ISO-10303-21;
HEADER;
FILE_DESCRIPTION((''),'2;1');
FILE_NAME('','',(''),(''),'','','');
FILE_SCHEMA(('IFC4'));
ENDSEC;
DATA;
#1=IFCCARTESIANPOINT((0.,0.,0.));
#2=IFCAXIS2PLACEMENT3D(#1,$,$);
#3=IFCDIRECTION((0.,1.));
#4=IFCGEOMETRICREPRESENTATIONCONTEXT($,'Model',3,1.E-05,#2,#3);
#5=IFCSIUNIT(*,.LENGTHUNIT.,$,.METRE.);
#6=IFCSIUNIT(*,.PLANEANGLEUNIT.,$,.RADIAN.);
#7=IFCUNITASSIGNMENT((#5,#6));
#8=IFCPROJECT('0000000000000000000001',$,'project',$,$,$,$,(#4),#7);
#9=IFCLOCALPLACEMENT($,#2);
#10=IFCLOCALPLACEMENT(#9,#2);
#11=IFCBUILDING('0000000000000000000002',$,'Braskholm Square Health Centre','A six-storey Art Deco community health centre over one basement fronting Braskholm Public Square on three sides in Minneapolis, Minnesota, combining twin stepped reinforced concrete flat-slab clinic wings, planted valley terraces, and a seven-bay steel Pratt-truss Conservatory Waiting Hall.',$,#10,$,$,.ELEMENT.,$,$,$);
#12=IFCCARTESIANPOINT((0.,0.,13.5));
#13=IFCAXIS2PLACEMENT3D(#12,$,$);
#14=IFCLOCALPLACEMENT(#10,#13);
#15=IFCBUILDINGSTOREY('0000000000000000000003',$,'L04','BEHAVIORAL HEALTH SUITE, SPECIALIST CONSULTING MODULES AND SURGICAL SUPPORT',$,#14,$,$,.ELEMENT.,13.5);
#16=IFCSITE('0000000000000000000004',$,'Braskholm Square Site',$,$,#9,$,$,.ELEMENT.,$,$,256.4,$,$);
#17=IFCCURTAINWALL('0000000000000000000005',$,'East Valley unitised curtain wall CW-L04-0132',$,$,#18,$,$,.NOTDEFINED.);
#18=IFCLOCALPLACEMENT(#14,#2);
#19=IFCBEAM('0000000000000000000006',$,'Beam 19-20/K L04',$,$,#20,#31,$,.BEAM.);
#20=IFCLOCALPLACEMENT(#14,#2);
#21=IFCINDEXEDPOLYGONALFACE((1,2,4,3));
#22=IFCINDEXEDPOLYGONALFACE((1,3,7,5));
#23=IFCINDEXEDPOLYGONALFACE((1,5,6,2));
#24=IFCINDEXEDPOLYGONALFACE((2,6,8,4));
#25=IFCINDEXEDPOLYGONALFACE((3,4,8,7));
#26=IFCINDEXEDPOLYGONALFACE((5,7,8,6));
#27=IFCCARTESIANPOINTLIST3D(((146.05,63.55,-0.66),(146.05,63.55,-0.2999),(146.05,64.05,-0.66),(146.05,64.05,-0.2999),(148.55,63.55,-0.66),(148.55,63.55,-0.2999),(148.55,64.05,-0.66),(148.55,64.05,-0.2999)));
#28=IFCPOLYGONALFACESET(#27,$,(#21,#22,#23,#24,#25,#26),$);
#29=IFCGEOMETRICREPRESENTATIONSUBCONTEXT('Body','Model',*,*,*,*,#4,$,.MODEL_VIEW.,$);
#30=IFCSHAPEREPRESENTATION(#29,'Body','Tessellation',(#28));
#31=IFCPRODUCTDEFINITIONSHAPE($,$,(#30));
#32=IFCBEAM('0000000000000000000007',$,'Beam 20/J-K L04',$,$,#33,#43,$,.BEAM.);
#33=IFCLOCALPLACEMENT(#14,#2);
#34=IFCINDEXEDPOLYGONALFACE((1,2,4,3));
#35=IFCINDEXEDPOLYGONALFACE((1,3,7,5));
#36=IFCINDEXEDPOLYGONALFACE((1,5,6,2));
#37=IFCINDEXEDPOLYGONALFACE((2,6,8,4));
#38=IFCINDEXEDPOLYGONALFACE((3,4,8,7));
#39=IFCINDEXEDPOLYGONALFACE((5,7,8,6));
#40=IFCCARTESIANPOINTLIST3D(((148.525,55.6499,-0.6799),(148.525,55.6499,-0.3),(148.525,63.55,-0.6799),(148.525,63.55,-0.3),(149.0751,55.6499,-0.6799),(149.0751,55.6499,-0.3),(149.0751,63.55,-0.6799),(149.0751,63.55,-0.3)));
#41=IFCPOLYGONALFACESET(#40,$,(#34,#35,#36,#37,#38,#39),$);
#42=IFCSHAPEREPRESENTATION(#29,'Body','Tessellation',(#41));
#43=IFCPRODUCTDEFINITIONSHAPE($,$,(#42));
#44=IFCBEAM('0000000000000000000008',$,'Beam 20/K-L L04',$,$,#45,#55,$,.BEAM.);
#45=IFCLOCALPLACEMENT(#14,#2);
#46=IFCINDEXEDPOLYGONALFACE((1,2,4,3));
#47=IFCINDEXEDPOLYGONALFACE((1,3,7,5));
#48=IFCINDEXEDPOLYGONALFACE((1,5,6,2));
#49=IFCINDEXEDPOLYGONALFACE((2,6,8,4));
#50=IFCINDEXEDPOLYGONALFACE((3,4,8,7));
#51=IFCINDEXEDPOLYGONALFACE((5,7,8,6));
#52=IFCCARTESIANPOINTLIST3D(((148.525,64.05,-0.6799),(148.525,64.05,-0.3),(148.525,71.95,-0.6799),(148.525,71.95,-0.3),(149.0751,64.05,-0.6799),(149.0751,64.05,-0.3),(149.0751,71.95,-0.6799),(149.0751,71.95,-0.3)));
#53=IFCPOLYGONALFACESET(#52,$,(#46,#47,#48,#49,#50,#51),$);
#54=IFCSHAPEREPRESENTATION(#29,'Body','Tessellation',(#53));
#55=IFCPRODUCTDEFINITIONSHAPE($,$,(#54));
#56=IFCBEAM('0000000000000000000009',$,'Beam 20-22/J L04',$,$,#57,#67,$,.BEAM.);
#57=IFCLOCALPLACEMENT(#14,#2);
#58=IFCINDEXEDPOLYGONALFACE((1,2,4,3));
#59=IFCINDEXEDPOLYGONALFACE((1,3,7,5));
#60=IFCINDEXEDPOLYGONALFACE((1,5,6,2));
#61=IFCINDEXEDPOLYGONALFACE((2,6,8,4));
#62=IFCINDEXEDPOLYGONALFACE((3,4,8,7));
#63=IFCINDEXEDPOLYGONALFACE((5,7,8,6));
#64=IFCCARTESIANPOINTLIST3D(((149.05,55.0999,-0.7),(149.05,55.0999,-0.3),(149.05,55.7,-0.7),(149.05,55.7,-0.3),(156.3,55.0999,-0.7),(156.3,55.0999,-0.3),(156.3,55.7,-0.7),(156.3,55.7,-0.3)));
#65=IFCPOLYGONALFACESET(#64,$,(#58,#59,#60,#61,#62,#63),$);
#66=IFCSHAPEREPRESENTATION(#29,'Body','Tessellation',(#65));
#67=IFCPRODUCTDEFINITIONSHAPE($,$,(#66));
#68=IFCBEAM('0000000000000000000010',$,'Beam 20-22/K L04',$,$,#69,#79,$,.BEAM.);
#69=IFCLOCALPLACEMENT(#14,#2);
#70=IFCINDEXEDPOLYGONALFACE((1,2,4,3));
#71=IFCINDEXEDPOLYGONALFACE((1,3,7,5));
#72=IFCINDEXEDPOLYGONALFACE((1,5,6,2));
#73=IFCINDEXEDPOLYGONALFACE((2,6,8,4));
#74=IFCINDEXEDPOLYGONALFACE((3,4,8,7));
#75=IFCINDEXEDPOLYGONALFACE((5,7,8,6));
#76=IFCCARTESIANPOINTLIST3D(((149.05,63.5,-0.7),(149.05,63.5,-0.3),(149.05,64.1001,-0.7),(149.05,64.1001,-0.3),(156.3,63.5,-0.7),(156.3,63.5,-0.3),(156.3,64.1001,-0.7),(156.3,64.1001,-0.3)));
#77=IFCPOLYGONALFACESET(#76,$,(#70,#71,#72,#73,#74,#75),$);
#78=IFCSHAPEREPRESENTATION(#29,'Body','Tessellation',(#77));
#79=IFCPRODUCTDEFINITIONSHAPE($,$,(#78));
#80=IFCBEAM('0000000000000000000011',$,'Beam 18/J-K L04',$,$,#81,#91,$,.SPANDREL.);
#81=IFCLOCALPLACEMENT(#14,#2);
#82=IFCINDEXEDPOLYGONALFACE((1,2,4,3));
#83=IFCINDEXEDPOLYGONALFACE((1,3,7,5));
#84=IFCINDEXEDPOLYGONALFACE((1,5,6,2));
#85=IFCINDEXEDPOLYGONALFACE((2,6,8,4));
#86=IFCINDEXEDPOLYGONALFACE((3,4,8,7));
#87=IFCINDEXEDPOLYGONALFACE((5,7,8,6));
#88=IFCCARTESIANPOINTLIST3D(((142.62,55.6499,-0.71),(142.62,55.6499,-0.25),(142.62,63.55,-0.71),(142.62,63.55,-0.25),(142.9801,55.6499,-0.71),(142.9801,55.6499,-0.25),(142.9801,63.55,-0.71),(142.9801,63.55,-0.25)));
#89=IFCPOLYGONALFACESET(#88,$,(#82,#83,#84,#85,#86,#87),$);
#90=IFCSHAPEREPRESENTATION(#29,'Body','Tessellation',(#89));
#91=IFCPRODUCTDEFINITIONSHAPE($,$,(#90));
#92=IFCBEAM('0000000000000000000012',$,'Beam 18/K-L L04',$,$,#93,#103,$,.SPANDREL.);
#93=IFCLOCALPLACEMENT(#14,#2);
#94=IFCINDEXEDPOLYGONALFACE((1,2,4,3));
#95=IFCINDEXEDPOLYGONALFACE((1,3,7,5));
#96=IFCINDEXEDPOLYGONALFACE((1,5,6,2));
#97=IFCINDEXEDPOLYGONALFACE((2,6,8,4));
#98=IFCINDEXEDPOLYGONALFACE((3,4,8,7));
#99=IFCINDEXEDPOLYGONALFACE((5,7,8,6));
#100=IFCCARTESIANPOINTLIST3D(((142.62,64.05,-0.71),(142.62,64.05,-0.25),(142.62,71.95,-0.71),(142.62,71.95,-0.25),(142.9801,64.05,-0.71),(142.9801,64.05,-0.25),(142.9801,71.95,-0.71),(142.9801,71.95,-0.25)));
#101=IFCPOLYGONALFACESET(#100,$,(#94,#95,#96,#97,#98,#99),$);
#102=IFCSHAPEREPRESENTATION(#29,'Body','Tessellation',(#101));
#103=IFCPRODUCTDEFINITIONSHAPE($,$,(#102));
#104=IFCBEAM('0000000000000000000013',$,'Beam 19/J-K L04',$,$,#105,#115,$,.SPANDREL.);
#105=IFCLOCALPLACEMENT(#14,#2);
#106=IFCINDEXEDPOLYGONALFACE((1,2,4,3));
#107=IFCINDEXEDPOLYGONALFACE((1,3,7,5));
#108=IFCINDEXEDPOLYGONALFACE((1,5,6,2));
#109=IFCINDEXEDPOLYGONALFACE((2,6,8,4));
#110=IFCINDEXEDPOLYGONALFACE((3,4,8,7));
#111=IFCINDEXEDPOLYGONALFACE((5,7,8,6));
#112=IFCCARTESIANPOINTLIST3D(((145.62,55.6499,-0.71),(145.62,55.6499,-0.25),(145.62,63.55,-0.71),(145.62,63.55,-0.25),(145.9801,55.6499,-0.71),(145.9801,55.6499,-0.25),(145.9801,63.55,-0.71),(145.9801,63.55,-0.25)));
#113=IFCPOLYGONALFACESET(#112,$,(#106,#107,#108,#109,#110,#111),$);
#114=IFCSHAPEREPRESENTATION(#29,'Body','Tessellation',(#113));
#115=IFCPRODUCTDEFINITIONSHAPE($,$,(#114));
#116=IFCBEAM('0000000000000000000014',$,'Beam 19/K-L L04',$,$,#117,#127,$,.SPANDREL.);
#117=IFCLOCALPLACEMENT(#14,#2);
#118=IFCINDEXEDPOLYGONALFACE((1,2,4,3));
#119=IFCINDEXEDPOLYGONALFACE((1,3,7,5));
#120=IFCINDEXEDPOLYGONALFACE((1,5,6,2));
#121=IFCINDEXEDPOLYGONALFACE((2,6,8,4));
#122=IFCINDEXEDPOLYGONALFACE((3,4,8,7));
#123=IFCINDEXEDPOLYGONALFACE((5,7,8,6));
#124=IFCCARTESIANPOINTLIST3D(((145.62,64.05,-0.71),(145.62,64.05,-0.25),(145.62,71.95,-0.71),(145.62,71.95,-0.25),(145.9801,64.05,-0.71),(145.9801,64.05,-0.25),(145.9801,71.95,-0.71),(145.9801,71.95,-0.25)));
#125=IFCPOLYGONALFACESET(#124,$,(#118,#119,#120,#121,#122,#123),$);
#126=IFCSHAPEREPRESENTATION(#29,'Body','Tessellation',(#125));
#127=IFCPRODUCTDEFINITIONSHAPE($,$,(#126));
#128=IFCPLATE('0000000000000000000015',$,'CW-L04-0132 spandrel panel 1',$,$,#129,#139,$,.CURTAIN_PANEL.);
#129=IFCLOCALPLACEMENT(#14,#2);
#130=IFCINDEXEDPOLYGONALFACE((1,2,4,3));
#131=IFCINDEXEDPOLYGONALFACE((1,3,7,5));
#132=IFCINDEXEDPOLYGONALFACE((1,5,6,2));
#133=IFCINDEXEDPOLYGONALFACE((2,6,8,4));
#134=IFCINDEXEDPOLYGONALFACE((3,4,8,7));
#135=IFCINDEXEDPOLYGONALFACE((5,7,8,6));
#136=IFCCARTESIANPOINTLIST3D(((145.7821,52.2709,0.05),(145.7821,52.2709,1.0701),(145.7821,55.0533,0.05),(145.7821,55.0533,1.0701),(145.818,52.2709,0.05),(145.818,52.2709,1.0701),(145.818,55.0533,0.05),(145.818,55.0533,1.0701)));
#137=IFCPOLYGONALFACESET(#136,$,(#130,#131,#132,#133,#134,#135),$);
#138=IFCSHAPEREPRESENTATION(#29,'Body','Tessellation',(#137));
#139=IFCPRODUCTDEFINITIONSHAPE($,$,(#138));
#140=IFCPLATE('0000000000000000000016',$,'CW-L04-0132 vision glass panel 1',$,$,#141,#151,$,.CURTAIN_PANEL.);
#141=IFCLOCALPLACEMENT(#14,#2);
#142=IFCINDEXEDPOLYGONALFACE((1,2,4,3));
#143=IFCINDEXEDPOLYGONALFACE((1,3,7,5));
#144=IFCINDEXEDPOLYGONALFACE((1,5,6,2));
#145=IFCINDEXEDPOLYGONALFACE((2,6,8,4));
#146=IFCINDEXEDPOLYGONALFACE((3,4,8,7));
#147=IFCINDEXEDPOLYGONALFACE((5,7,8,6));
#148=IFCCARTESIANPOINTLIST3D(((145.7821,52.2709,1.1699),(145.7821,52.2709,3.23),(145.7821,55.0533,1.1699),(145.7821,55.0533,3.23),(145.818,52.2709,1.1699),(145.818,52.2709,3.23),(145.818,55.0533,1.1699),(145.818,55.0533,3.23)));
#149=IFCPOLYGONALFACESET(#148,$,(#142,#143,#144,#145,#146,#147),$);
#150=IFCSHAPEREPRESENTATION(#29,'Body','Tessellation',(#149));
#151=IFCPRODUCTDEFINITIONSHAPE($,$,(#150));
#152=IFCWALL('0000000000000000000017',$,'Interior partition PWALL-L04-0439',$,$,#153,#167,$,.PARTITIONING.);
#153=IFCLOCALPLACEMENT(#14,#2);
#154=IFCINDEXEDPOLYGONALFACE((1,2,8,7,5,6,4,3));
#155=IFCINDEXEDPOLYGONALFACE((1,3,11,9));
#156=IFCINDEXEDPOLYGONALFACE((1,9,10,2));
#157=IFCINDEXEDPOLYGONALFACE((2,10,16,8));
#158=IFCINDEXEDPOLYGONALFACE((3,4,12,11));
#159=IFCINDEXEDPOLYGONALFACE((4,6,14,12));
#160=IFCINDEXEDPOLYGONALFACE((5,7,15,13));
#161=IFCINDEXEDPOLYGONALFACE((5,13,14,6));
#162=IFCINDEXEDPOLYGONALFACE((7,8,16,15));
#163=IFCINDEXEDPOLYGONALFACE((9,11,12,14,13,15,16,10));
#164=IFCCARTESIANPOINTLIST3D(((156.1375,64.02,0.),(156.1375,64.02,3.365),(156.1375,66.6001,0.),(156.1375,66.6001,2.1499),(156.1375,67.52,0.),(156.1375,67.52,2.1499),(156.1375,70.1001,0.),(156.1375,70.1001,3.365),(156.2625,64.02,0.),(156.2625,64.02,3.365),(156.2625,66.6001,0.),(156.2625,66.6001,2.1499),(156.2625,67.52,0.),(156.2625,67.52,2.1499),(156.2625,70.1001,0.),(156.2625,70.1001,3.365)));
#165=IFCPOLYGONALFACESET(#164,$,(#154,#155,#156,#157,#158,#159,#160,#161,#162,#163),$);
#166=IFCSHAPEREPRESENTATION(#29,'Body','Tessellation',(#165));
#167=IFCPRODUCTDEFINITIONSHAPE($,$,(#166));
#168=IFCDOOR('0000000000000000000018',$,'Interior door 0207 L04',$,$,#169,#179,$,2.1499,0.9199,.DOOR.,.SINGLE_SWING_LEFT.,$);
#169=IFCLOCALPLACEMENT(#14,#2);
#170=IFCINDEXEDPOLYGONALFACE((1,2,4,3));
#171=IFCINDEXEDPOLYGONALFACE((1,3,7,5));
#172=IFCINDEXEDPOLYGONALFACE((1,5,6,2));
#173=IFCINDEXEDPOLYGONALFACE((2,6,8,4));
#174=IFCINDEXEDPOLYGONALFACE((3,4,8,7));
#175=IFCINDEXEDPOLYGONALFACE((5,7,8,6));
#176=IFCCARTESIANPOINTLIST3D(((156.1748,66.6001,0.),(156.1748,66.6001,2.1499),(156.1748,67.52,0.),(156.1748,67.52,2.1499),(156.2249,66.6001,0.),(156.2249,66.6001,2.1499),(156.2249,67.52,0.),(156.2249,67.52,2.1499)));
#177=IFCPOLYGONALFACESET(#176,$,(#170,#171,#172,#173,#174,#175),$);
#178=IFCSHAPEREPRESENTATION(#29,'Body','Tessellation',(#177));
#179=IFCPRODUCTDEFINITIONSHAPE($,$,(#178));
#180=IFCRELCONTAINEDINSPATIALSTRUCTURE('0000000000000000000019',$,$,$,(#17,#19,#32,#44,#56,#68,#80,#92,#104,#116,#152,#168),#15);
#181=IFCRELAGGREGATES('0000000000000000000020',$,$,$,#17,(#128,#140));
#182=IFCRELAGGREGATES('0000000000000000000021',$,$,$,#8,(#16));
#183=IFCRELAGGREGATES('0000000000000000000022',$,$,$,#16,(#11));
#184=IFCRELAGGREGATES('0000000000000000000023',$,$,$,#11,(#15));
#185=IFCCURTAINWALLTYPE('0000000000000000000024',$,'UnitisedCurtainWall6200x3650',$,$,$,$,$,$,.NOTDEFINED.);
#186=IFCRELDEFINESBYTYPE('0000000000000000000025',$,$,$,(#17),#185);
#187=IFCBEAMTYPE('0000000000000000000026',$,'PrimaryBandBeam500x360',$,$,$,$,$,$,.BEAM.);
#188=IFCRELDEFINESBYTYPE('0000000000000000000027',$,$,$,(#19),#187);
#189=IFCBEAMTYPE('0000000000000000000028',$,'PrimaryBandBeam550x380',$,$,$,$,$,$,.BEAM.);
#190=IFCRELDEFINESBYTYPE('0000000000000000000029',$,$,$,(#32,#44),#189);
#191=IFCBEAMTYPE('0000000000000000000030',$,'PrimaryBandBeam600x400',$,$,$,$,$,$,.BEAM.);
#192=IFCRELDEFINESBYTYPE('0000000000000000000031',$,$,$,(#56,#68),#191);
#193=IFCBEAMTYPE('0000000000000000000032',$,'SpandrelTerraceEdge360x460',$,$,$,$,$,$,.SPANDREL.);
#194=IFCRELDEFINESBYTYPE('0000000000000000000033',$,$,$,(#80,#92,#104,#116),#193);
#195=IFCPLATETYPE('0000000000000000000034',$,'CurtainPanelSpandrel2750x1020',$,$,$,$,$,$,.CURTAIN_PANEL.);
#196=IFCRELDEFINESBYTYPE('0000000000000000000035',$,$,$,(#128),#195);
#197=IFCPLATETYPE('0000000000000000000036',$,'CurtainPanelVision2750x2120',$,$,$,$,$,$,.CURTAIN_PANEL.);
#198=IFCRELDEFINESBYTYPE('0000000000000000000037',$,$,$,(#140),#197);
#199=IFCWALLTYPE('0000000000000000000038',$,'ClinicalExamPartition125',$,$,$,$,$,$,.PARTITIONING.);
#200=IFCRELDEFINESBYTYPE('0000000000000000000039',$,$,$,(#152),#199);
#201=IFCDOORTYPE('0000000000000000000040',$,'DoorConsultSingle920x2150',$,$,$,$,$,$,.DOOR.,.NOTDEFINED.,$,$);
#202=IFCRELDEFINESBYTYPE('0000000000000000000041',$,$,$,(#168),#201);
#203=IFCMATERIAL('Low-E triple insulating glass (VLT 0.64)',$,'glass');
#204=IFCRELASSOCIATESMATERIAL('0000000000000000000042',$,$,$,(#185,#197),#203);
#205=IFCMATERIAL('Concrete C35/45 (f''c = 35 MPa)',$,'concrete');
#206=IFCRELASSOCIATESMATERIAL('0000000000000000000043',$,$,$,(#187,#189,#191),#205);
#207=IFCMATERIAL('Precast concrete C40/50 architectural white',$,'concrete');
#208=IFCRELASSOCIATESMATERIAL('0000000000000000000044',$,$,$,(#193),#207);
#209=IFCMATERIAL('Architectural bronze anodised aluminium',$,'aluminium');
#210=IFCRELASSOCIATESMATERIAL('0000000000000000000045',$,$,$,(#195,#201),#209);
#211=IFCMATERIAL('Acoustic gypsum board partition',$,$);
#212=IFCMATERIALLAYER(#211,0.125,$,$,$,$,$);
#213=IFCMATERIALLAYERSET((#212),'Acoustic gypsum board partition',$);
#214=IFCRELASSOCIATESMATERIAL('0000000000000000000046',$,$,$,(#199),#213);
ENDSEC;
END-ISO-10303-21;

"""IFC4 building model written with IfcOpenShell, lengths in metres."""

from ifc_helpers import new_model, si_unit, direction, frame, frame_2d, origin, origin_2d, place, context, subcontext, project, spatial, rectangle, extrude, material, layer, layer_set, material_profile, profile_set, type_object, element, fill, aggregate, save


model = new_model("IFC4")

# Units and contexts
model_context = context("Model", 3, precision=1e-05, world=origin(), true_north=direction((0.0, 1.0)))
body_context = subcontext(model_context, "Body", "Model", "MODEL_VIEW")
ifc_project = project(units=[si_unit("LENGTHUNIT", "METRE"), si_unit("PLANEANGLEUNIT", "RADIAN")], contexts=[model_context])

# Site, building, storey
site_placement = place(None, origin())
site = spatial("IfcSite", under=ifc_project, at=site_placement, Name="Braskholm Square Site", CompositionType="ELEMENT", RefElevation=256.4)
building_placement = place(site_placement, origin())
building = spatial("IfcBuilding", under=site, at=building_placement, Name="Braskholm Square Health Centre", Description="A six-storey Art Deco community health centre over one basement fronting Braskholm Public Square on three sides in Minneapolis, Minnesota, combining twin stepped reinforced concrete flat-slab clinic wings, planted valley terraces, and a seven-bay steel Pratt-truss Conservatory Waiting Hall.", CompositionType="ELEMENT")
storey_placement = place(building_placement, frame((0.0, 0.0, 13.5)))
storey = spatial("IfcBuildingStorey", under=building, at=storey_placement, Name="L04", Description="BEHAVIORAL HEALTH SUITE, SPECIALIST CONSULTING MODULES AND SURGICAL SUPPORT", CompositionType="ELEMENT", Elevation=13.5)

# Curtain wall
ifc_material_1 = material(Name="Low-E triple insulating glass (VLT 0.64)", Category="glass")
curtain_wall_type_1 = type_object("IfcCurtainWallType", Name="UnitisedCurtainWall6200x3650", PredefinedType="NOTDEFINED", material=ifc_material_1)
curtain_wall_1_placement = place(storey_placement, origin())
curtain_wall_1 = element("IfcCurtainWall", 1, at=curtain_wall_1_placement, inside=storey, type_object=curtain_wall_type_1, Name="East Valley unitised curtain wall CW-L04-0132", PredefinedType="NOTDEFINED")
ifc_material_2 = material(Name="Architectural bronze anodised aluminium", Category="aluminium")

# Beams
ifc_material_3 = material(Name="Concrete C35/45 (f'c = 35 MPa)", Category="concrete")
ifc_material_profile_1 = material_profile(ifc_material_3, rectangle(XDim=0.5, YDim=0.3601, at=origin_2d()), Name="RCB-500X360")
ifc_profile_set_1 = profile_set([ifc_material_profile_1], Name="Concrete C35/45 (f'c = 35 MPa)")
beam_type_1 = type_object("IfcBeamType", Name="PrimaryBandBeam500x360", PredefinedType="BEAM", material=ifc_profile_set_1)
for number, where, z_axis, x_axis, name in (
    (2, (146.05, 63.8, -0.48), (1.0, 0.0, 0.0), (0.0, 1.0, 0.0), "Beam 19-20/K L04"),
):
    element("IfcBeam", number, at=place(storey_placement, frame(where, z_axis=z_axis, x_axis=x_axis)), inside=storey, type_object=beam_type_1, Name=name, PredefinedType="BEAM", context=body_context, shape_type="SweptSolid", body=[
        extrude(rectangle(XDim=0.5, YDim=0.3601, at=origin_2d()), origin(), (0.0, 0.0, 1.0), 2.5),
    ])
ifc_material_profile_2 = material_profile(ifc_material_3, rectangle(XDim=0.55, YDim=0.3799, at=origin_2d()), Name="RCB-550X380")
ifc_profile_set_2 = profile_set([ifc_material_profile_2], Name="Concrete C35/45 (f'c = 35 MPa)")
beam_type_2 = type_object("IfcBeamType", Name="PrimaryBandBeam550x380", PredefinedType="BEAM", material=ifc_profile_set_2)
beam_1_placement = place(storey_placement, frame((148.8, 55.6499, -0.49), z_axis=(0.0, 1.0, 0.0), x_axis=(-1.0, 0.0, 0.0)))
element("IfcBeam", 3, at=beam_1_placement, inside=storey, type_object=beam_type_2, Name="Beam 20/J-K L04", PredefinedType="BEAM", context=body_context, shape_type="SweptSolid", body=[
    extrude(rectangle(XDim=0.55, YDim=0.3799, at=origin_2d()), origin(), (0.0, 0.0, 1.0), 7.9001),
])
beam_2_placement = place(storey_placement, frame((148.8, 64.05, -0.49), z_axis=(0.0, 1.0, 0.0), x_axis=(-1.0, 0.0, 0.0)))
element("IfcBeam", 4, at=beam_2_placement, inside=storey, type_object=beam_type_2, Name="Beam 20/K-L L04", PredefinedType="BEAM", context=body_context, shape_type="SweptSolid", body=[
    extrude(rectangle(XDim=0.55, YDim=0.3799, at=origin_2d()), origin(), (0.0, 0.0, 1.0), 7.8999),
])
ifc_material_profile_3 = material_profile(ifc_material_3, rectangle(XDim=0.6001, YDim=0.3999, at=origin_2d()), Name="RCB-600X400")
ifc_profile_set_3 = profile_set([ifc_material_profile_3], Name="Concrete C35/45 (f'c = 35 MPa)")
beam_type_3 = type_object("IfcBeamType", Name="PrimaryBandBeam600x400", PredefinedType="BEAM", material=ifc_profile_set_3)
for number, where, z_axis, x_axis, name in (
    (5, (149.05, 55.3999, -0.5), (1.0, 0.0, 0.0), (0.0, 1.0, 0.0), "Beam 20-22/J L04"),
    (6, (149.05, 63.8, -0.5), (1.0, 0.0, 0.0), (0.0, 1.0, 0.0), "Beam 20-22/K L04"),
):
    element("IfcBeam", number, at=place(storey_placement, frame(where, z_axis=z_axis, x_axis=x_axis)), inside=storey, type_object=beam_type_3, Name=name, PredefinedType="BEAM", context=body_context, shape_type="SweptSolid", body=[
        extrude(rectangle(XDim=0.6001, YDim=0.3999, at=origin_2d()), origin(), (0.0, 0.0, 1.0), 7.25),
    ])
ifc_material_4 = material(Name="Precast concrete C40/50 architectural white", Category="concrete")
ifc_material_profile_4 = material_profile(ifc_material_4, rectangle(XDim=0.3601, YDim=0.46, at=origin_2d()), Name="RCB-360X460")
ifc_profile_set_4 = profile_set([ifc_material_profile_4], Name="Precast concrete C40/50 architectural white")
beam_type_4 = type_object("IfcBeamType", Name="SpandrelTerraceEdge360x460", PredefinedType="SPANDREL", material=ifc_profile_set_4)
beam_3_placement = place(storey_placement, frame((142.8, 55.6499, -0.48), z_axis=(0.0, 1.0, 0.0), x_axis=(-1.0, 0.0, 0.0)))
element("IfcBeam", 7, at=beam_3_placement, inside=storey, type_object=beam_type_4, Name="Beam 18/J-K L04", PredefinedType="SPANDREL", context=body_context, shape_type="SweptSolid", body=[
    extrude(rectangle(XDim=0.3601, YDim=0.46, at=origin_2d()), origin(), (0.0, 0.0, 1.0), 7.9001),
])
beam_4_placement = place(storey_placement, frame((142.8, 64.05, -0.48), z_axis=(0.0, 1.0, 0.0), x_axis=(-1.0, 0.0, 0.0)))
element("IfcBeam", 8, at=beam_4_placement, inside=storey, type_object=beam_type_4, Name="Beam 18/K-L L04", PredefinedType="SPANDREL", context=body_context, shape_type="SweptSolid", body=[
    extrude(rectangle(XDim=0.3601, YDim=0.46, at=origin_2d()), origin(), (0.0, 0.0, 1.0), 7.8999),
])
beam_5_placement = place(storey_placement, frame((145.8, 55.6499, -0.48), z_axis=(0.0, 1.0, 0.0), x_axis=(-1.0, 0.0, 0.0)))
element("IfcBeam", 9, at=beam_5_placement, inside=storey, type_object=beam_type_4, Name="Beam 19/J-K L04", PredefinedType="SPANDREL", context=body_context, shape_type="SweptSolid", body=[
    extrude(rectangle(XDim=0.3601, YDim=0.46, at=origin_2d()), origin(), (0.0, 0.0, 1.0), 7.9001),
])
beam_6_placement = place(storey_placement, frame((145.8, 64.05, -0.48), z_axis=(0.0, 1.0, 0.0), x_axis=(-1.0, 0.0, 0.0)))
element("IfcBeam", 10, at=beam_6_placement, inside=storey, type_object=beam_type_4, Name="Beam 19/K-L L04", PredefinedType="SPANDREL", context=body_context, shape_type="SweptSolid", body=[
    extrude(rectangle(XDim=0.3601, YDim=0.46, at=origin_2d()), origin(), (0.0, 0.0, 1.0), 7.8999),
])

# Plates
plate_type_1 = type_object("IfcPlateType", Name="CurtainPanelSpandrel2750x1020", PredefinedType="CURTAIN_PANEL", material=ifc_material_2)
plate_1_placement = place(storey_placement, frame((145.8, 53.6621, 0.05), z_axis=(0.0, 0.0, 1.0), x_axis=(0.0, -1.0, 0.0)))
plate_1 = element("IfcPlate", 11, at=plate_1_placement, type_object=plate_type_1, Name="CW-L04-0132 spandrel panel 1", PredefinedType="CURTAIN_PANEL", context=body_context, shape_type="SweptSolid", body=[
    extrude(rectangle(XDim=2.7825, YDim=0.0359, at=origin_2d()), origin(), (0.0, 0.0, 1.0), 1.02),
])
plate_type_2 = type_object("IfcPlateType", Name="CurtainPanelVision2750x2120", PredefinedType="CURTAIN_PANEL", material=ifc_material_1)
plate_2_placement = place(storey_placement, frame((145.8, 53.6621, 1.1699), z_axis=(0.0, 0.0, 1.0), x_axis=(0.0, -1.0, 0.0)))
plate_2 = element("IfcPlate", 12, at=plate_2_placement, type_object=plate_type_2, Name="CW-L04-0132 vision glass panel 1", PredefinedType="CURTAIN_PANEL", context=body_context, shape_type="SweptSolid", body=[
    extrude(rectangle(XDim=2.7825, YDim=0.0359, at=origin_2d()), origin(), (0.0, 0.0, 1.0), 2.0601),
])
aggregate(curtain_wall_1, [plate_1, plate_2])

# Wall, opening, door
ifc_material_5 = material(Name="Acoustic gypsum board partition")
ifc_layer_1 = layer(ifc_material_5, 0.125)
ifc_layer_set_1 = layer_set([ifc_layer_1], Name="Acoustic gypsum board partition")
wall_type_1 = type_object("IfcWallType", Name="ClinicalExamPartition125", PredefinedType="PARTITIONING", material=ifc_layer_set_1)
wall_1_placement = place(storey_placement, frame((156.2, 64.02, 0.0), z_axis=(0.0, 0.0, 1.0), x_axis=(0.0, 1.0, 0.0)))
wall_1 = element("IfcWall", 13, at=wall_1_placement, inside=storey, type_object=wall_type_1, Name="Interior partition PWALL-L04-0439", PredefinedType="PARTITIONING", context=body_context, shape_type="SweptSolid", body=[
    extrude(rectangle(XDim=6.0801, YDim=0.125, at=frame_2d((3.04, 0.0))), origin(), (0.0, 0.0, 1.0), 3.365),
])
opening_1_placement = place(wall_1_placement, frame((2.5801, 0.0, 0.0)))
opening_1 = element("IfcOpeningElement", 14, at=opening_1_placement, cuts=wall_1, PredefinedType="OPENING", context=body_context, shape_type="SweptSolid", body=[
    extrude(rectangle(XDim=0.9199, YDim=2.1499, at=frame_2d((0.46, 1.075))), frame((0.0, 0.0725, 0.0), z_axis=(0.0, -1.0, 0.0), x_axis=(1.0, 0.0, 0.0)), (0.0, 0.0, 1.0), 0.145),
])
door_type_1 = type_object("IfcDoorType", Name="DoorConsultSingle920x2150", OperationType="NOTDEFINED", PredefinedType="DOOR", material=ifc_material_2)
door_1_placement = place(opening_1_placement, frame((0.9199, 0.0, 0.0), z_axis=(0.0, 0.0, 1.0), x_axis=(-1.0, 0.0, 0.0)))
door_1 = element("IfcDoor", 15, at=door_1_placement, inside=storey, type_object=door_type_1, Name="Interior door 0207 L04", OperationType="SINGLE_SWING_LEFT", OverallHeight=2.1499, OverallWidth=0.9199, PredefinedType="DOOR", context=body_context, shape_type="SweptSolid", body=[
    extrude(rectangle(XDim=0.9199, YDim=2.1499, at=frame_2d((0.46, 1.075))), frame((0.0, 0.0249, 0.0), z_axis=(0.0, -1.0, 0.0), x_axis=(1.0, 0.0, 0.0)), (0.0, 0.0, 1.0), 0.05),
])
fill(opening_1, door_1)

save(model, "model.ifc")
